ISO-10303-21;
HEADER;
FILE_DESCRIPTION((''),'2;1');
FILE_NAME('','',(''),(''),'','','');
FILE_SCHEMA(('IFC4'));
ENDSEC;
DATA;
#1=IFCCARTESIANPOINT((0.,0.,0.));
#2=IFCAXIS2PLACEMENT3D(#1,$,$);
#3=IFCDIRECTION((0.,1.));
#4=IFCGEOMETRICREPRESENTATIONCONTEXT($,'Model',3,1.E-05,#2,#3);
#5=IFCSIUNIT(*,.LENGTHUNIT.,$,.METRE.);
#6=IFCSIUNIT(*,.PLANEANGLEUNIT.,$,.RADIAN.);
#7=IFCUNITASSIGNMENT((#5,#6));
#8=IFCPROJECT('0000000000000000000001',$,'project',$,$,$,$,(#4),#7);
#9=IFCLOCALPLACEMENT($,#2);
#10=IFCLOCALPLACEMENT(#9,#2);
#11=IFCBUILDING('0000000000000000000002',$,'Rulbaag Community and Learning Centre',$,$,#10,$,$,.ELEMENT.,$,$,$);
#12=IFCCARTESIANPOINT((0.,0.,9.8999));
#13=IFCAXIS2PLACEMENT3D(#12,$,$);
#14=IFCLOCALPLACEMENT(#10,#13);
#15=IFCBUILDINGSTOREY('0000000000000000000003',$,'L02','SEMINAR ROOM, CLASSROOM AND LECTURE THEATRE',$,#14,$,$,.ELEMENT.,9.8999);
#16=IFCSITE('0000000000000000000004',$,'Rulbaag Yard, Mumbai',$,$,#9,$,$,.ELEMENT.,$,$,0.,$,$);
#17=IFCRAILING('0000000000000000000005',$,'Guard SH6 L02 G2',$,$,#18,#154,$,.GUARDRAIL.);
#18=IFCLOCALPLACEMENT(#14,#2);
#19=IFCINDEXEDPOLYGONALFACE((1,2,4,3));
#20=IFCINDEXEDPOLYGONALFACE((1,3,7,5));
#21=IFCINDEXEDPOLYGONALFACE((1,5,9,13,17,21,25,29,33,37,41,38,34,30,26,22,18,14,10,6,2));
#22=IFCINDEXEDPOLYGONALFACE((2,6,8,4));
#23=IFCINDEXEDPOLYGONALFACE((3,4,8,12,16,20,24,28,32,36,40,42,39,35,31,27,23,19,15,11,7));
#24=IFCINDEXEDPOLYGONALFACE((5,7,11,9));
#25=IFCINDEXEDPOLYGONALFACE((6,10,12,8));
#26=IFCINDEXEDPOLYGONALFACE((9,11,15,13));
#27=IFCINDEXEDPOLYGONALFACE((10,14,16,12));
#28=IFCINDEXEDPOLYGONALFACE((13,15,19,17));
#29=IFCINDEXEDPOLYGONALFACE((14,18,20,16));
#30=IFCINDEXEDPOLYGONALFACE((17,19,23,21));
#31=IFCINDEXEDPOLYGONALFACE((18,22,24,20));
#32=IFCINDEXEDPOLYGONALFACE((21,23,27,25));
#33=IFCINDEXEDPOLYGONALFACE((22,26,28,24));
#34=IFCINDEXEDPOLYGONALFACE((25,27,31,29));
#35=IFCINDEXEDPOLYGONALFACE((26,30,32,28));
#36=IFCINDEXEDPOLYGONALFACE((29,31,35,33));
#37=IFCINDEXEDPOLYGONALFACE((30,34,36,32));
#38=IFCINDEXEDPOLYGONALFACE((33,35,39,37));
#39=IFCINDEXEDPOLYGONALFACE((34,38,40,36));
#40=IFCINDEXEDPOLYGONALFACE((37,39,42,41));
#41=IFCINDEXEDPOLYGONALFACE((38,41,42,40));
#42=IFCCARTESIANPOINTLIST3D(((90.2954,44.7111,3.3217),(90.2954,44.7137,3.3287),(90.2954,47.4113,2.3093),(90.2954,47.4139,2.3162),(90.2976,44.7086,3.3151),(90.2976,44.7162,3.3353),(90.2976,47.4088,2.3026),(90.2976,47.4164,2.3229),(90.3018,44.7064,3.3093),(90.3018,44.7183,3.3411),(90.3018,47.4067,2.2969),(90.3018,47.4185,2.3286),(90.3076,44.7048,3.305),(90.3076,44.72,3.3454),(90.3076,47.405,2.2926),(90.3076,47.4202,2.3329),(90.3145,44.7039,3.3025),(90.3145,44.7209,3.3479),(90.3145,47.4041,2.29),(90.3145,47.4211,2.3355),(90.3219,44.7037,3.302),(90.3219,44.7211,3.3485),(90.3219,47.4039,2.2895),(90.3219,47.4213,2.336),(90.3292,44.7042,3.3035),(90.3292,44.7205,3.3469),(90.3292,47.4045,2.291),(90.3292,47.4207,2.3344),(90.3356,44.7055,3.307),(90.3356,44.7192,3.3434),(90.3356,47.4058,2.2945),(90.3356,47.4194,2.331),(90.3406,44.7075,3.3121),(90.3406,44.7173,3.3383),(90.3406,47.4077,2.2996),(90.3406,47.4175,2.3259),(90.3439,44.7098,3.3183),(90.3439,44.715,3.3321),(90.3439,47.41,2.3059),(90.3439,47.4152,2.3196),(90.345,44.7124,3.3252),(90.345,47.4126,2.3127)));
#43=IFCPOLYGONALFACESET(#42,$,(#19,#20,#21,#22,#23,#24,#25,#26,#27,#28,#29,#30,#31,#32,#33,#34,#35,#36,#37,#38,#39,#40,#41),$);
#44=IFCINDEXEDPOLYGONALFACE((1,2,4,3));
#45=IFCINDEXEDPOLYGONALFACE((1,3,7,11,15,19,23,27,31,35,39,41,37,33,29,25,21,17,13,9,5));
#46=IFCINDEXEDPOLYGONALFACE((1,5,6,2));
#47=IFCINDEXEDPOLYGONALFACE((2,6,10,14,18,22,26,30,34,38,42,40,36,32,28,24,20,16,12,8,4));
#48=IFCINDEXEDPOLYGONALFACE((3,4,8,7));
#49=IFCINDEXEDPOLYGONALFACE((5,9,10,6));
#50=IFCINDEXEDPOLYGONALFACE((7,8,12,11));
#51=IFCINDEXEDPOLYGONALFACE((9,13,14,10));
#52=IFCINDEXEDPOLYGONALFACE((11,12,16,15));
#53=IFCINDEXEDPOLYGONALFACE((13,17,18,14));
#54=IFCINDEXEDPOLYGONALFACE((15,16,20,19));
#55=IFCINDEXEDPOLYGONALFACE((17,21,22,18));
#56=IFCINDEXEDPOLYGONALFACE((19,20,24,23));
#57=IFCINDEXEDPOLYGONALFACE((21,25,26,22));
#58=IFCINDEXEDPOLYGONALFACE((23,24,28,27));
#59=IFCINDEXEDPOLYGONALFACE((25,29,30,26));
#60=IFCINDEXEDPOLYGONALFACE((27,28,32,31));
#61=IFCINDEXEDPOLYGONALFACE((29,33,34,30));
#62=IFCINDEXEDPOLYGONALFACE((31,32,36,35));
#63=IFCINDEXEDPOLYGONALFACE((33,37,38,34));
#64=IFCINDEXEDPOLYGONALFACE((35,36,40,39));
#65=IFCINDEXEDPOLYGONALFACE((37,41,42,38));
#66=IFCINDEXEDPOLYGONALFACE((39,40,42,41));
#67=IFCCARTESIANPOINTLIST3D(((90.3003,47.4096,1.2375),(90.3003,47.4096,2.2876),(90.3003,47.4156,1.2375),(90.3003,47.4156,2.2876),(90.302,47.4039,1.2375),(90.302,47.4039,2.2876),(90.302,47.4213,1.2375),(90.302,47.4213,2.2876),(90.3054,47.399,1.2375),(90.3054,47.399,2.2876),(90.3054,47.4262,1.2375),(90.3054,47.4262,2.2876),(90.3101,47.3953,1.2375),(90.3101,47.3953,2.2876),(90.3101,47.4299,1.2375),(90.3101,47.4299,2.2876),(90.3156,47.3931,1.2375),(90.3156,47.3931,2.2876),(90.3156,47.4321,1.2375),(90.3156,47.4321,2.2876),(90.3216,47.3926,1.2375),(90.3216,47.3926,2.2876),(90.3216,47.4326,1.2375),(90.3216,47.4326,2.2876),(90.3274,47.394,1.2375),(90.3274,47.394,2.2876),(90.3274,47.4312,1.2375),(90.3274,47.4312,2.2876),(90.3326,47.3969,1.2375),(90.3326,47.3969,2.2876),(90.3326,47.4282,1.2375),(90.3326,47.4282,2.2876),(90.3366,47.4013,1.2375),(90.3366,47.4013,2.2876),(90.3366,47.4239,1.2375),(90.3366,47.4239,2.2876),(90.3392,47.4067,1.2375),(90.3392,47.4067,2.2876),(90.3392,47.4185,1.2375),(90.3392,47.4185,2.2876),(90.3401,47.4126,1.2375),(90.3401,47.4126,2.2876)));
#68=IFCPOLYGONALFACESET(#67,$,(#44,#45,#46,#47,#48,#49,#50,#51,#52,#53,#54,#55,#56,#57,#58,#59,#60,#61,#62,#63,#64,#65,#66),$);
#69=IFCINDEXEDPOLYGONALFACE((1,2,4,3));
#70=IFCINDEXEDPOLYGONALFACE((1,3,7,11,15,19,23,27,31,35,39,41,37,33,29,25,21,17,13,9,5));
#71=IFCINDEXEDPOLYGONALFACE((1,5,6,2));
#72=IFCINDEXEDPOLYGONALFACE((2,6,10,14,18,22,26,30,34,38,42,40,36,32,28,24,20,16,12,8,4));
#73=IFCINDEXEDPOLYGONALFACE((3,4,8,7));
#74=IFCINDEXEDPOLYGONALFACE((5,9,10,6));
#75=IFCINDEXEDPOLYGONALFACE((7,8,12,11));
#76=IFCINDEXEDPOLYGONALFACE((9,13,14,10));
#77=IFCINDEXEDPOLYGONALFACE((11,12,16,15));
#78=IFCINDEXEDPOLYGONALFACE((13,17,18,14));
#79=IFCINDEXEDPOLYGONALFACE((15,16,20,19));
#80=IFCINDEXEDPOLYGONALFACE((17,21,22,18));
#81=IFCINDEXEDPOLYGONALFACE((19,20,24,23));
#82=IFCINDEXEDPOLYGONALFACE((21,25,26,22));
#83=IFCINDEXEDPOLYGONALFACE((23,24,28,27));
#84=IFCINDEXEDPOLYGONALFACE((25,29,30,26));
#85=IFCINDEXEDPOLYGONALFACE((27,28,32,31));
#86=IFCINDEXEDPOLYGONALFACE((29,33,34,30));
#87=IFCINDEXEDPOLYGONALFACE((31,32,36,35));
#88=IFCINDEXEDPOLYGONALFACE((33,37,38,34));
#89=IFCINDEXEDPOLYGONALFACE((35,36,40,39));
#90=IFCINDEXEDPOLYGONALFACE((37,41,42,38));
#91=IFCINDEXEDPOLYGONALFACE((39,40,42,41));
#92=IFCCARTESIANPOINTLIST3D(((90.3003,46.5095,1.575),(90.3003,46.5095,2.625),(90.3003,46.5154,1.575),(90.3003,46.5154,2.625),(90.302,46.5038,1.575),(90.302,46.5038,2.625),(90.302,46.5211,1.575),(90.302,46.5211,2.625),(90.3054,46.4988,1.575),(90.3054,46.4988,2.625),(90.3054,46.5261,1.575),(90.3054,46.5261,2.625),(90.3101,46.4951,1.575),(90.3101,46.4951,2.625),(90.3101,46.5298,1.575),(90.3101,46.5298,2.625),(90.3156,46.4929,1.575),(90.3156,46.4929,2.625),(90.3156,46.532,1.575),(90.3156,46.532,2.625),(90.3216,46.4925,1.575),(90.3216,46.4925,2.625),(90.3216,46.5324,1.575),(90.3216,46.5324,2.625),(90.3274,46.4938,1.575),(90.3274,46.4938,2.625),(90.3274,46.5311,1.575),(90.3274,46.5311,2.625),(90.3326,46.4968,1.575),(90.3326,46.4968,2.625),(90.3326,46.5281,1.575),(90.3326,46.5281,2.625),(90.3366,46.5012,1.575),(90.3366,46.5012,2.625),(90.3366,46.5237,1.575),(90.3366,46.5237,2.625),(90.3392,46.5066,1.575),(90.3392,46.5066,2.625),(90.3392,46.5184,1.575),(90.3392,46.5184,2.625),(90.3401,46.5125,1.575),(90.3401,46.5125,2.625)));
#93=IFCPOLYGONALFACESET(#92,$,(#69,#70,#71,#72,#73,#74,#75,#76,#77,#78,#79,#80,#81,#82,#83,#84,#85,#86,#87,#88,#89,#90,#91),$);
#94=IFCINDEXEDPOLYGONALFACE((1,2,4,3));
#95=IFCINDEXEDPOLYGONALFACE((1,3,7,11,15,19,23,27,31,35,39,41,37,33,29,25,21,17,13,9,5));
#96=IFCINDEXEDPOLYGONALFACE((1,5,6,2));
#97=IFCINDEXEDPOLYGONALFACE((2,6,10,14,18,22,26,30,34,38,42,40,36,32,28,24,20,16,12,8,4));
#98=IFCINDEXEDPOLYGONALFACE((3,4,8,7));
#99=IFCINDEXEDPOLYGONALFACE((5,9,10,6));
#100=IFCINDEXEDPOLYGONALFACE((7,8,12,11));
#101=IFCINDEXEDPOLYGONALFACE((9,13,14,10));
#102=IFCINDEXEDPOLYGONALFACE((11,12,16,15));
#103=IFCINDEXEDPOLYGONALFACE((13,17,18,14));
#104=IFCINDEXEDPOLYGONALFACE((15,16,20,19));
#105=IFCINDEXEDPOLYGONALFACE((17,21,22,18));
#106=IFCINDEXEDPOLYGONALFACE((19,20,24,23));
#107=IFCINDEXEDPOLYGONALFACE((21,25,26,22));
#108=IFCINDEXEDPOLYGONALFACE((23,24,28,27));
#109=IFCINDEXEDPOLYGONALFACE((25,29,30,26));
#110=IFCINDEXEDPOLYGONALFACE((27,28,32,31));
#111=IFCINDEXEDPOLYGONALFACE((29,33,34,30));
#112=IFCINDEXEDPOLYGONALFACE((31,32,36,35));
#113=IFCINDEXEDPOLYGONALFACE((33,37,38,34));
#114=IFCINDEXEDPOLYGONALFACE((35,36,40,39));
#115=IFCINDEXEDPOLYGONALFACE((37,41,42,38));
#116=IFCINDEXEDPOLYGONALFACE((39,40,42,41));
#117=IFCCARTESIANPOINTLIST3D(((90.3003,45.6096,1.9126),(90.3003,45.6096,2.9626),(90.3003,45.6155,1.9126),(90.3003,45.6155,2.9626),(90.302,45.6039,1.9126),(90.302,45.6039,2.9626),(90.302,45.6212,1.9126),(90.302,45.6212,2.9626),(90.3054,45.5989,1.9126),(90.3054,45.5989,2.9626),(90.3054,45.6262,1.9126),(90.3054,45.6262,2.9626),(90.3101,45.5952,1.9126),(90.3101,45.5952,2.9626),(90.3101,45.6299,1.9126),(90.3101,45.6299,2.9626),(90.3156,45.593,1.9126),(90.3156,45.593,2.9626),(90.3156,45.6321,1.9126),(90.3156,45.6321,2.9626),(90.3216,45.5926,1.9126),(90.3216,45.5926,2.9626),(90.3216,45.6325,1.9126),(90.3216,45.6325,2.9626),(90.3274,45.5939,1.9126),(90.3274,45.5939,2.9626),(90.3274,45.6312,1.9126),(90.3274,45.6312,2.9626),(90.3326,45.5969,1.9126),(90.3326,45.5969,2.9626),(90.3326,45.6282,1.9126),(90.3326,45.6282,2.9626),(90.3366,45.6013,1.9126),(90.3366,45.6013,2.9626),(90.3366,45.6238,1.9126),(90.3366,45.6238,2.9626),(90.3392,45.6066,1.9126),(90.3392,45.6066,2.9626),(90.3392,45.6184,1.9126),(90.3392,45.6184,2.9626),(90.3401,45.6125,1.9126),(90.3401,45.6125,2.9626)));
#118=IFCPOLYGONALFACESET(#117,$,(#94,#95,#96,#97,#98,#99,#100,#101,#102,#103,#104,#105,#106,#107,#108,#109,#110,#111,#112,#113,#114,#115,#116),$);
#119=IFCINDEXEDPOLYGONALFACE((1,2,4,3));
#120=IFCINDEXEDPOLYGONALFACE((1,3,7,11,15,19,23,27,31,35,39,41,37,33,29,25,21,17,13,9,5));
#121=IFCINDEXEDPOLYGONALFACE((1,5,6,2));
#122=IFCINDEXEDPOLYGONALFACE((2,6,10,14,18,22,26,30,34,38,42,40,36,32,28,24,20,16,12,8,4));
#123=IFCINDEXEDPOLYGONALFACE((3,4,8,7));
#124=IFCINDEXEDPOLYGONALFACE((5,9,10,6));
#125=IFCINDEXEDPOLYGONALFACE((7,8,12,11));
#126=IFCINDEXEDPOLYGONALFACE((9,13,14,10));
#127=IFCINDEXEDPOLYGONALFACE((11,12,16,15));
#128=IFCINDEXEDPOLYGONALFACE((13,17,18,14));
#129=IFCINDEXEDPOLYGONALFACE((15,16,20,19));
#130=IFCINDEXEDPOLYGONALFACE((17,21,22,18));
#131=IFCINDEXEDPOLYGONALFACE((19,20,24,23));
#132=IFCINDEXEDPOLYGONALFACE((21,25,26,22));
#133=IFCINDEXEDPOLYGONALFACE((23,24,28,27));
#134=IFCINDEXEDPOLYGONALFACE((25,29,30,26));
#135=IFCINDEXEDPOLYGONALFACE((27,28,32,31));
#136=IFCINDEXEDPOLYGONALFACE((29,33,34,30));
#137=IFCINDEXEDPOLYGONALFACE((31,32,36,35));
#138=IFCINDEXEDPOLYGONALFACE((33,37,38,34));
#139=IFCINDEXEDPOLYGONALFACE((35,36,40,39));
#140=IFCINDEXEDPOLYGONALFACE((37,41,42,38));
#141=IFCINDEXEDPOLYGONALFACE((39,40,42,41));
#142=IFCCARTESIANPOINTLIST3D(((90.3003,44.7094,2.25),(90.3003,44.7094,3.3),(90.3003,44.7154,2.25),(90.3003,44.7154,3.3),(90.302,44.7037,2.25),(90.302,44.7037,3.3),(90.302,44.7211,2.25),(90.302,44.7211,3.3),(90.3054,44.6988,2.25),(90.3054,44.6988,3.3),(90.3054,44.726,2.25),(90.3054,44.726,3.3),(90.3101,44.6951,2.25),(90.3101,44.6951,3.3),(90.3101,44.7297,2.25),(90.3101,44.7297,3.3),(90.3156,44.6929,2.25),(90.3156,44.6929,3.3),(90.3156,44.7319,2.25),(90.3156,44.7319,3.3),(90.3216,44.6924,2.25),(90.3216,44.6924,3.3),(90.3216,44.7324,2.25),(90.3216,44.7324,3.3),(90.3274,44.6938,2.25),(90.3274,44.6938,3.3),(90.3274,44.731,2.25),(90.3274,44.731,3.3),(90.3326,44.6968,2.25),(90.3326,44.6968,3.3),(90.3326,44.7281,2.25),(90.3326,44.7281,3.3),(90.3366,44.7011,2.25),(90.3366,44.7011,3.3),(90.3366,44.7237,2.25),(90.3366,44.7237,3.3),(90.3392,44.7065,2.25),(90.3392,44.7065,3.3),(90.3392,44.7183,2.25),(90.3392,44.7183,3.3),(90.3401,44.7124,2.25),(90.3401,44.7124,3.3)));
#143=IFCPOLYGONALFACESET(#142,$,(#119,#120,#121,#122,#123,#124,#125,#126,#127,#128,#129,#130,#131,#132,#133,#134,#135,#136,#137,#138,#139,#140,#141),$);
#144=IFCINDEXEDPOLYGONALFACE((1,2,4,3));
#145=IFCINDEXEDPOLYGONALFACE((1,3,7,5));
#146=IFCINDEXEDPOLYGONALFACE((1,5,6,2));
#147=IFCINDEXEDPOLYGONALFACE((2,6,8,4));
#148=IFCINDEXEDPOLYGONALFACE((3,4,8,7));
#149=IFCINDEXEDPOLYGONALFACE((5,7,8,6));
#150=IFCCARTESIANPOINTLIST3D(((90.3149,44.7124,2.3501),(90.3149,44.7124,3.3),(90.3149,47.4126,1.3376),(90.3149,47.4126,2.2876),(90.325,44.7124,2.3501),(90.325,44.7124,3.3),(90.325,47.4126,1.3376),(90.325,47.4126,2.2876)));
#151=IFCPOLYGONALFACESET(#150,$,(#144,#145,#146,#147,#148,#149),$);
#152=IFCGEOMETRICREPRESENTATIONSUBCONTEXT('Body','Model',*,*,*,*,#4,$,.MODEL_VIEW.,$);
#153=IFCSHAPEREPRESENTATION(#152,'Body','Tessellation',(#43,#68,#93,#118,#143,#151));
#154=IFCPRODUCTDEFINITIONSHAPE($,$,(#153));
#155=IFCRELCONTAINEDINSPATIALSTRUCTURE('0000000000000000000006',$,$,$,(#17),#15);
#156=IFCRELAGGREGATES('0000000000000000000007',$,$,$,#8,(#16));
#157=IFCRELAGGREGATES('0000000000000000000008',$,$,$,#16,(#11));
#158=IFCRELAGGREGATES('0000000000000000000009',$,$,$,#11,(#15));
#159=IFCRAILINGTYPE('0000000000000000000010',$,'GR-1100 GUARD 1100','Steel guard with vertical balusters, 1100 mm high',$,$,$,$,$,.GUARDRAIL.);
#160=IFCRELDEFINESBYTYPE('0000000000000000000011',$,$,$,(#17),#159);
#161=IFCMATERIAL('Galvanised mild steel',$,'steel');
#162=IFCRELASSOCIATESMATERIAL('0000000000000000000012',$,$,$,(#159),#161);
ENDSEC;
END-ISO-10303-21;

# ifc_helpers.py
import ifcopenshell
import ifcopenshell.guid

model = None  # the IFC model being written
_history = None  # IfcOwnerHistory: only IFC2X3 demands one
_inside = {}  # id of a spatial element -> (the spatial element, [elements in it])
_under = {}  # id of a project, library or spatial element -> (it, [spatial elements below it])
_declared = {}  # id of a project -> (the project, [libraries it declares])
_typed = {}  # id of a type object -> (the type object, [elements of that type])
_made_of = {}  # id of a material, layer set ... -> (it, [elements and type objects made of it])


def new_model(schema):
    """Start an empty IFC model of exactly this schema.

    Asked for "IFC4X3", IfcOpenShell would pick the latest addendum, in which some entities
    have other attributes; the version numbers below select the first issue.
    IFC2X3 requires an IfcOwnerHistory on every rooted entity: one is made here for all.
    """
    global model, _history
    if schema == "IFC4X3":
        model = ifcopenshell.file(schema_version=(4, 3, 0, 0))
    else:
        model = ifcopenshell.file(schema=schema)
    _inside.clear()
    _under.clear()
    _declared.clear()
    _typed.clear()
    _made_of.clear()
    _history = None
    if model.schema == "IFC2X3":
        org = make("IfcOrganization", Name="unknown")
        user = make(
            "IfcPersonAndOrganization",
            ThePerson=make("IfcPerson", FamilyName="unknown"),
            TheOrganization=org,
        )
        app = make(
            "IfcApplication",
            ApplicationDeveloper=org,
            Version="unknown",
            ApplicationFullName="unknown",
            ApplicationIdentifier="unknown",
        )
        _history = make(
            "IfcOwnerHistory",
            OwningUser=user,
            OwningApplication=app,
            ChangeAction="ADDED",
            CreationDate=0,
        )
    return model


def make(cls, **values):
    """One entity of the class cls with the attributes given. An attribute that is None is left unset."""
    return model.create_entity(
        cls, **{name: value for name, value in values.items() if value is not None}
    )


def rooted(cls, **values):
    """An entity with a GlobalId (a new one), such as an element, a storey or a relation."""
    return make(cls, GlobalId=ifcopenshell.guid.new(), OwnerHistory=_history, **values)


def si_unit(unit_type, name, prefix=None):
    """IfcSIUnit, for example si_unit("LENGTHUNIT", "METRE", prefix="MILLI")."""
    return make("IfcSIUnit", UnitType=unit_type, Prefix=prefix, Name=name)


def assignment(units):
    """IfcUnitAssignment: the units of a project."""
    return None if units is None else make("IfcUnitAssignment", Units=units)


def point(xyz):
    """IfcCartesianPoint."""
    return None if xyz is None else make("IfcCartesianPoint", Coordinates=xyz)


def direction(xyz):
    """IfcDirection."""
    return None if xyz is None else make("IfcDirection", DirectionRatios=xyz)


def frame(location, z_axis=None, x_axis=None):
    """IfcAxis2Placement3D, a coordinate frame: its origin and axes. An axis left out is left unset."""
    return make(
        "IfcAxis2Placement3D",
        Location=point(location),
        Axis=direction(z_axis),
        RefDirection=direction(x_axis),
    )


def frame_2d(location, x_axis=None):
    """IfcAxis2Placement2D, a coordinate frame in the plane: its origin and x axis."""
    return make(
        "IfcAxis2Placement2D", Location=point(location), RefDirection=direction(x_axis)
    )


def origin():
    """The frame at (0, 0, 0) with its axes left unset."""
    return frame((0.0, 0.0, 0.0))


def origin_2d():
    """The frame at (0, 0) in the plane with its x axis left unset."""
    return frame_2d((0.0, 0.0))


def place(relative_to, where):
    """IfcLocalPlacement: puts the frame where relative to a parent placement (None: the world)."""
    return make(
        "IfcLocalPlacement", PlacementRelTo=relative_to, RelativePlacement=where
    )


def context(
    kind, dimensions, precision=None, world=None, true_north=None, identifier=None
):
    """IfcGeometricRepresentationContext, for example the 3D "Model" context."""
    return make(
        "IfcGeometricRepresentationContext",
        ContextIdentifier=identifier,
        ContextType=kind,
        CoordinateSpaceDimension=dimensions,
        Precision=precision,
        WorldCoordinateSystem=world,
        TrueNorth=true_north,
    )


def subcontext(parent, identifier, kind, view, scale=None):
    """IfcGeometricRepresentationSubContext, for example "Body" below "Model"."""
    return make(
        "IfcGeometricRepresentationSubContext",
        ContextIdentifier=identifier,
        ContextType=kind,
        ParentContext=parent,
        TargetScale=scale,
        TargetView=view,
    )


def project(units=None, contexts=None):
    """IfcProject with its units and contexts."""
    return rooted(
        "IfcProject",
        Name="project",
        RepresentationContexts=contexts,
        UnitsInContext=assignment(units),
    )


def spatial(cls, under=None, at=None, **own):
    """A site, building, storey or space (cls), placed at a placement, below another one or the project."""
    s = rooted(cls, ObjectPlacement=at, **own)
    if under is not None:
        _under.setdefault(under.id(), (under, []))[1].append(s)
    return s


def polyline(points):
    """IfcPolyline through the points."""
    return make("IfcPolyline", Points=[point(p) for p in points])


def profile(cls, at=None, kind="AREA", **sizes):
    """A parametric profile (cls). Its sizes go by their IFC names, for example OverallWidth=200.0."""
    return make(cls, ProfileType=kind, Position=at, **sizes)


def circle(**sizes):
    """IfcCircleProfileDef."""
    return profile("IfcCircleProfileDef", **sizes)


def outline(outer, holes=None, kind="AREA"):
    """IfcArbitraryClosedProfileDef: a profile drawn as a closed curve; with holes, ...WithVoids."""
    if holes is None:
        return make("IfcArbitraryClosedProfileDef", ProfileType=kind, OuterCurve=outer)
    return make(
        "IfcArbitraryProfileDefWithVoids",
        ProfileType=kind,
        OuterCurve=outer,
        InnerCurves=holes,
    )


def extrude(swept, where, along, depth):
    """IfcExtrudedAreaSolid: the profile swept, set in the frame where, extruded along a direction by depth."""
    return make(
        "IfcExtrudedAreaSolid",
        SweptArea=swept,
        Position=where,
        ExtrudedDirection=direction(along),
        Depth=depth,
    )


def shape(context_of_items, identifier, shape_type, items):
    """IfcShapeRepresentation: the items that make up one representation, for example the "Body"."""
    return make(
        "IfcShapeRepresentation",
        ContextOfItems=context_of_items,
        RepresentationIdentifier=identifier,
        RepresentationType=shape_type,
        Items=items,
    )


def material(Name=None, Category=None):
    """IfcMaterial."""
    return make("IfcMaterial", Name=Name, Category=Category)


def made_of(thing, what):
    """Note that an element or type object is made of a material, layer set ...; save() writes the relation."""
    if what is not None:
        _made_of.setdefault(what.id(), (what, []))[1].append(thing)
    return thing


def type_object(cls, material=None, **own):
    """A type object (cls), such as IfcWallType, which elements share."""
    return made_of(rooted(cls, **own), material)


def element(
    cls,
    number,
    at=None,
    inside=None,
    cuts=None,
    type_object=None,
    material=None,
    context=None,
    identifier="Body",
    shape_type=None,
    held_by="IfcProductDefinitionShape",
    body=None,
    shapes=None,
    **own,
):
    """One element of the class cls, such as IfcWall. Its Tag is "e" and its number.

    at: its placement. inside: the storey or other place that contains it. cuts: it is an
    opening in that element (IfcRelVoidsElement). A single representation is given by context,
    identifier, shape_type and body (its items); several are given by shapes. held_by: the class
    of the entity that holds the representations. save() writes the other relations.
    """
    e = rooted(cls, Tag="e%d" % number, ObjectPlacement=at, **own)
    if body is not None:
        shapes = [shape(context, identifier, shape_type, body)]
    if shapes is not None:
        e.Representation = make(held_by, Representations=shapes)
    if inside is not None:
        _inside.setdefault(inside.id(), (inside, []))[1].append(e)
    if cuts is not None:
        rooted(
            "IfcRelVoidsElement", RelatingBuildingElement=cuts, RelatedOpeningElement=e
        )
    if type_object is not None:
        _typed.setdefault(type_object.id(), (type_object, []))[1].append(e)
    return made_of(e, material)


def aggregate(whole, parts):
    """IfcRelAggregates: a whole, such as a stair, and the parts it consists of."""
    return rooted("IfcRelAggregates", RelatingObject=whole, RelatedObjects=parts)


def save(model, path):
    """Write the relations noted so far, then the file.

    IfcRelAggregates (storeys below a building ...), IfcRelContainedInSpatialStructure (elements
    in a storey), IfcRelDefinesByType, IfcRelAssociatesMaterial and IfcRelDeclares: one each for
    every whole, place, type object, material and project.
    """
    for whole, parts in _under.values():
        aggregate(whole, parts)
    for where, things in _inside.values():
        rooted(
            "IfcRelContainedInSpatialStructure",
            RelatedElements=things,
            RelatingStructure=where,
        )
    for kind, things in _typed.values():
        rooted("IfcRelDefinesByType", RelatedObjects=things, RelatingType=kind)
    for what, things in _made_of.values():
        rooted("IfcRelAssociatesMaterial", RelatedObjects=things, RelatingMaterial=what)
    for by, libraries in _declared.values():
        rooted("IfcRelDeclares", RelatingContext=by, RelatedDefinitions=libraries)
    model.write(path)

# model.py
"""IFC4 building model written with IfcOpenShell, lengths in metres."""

from ifc_helpers import new_model, si_unit, direction, frame, origin, origin_2d, place, context, subcontext, project, spatial, polyline, circle, outline, extrude, material, type_object, element, save


model = new_model("IFC4")

# Units and contexts
model_context = context("Model", 3, precision=1e-05, world=origin(), true_north=direction((0.0, 1.0)))
body_context = subcontext(model_context, "Body", "Model", "MODEL_VIEW")
ifc_project = project(units=[si_unit("LENGTHUNIT", "METRE"), si_unit("PLANEANGLEUNIT", "RADIAN")], contexts=[model_context])

# Site, building, storey
site_placement = place(None, origin())
site = spatial("IfcSite", under=ifc_project, at=site_placement, Name="Rulbaag Yard, Mumbai", CompositionType="ELEMENT", RefElevation=0.0)
building_placement = place(site_placement, origin())
building = spatial("IfcBuilding", under=site, at=building_placement, Name="Rulbaag Community and Learning Centre", CompositionType="ELEMENT")
storey_placement = place(building_placement, frame((0.0, 0.0, 9.8999)))
storey = spatial("IfcBuildingStorey", under=building, at=storey_placement, Name="L02", Description="SEMINAR ROOM, CLASSROOM AND LECTURE THEATRE", CompositionType="ELEMENT", Elevation=9.8999)

# Railing
ifc_material_1 = material(Name="Galvanised mild steel", Category="steel")
railing_type_1 = type_object("IfcRailingType", Name="GR-1100 GUARD 1100", Description="Steel guard with vertical balusters, 1100 mm high", PredefinedType="GUARDRAIL", material=ifc_material_1)
railing_1_placement = place(storey_placement, frame((90.3201, 47.4126, 1.2375)))
element("IfcRailing", 1, at=railing_1_placement, inside=storey, type_object=railing_type_1, Name="Guard SH6 L02 G2", PredefinedType="GUARDRAIL", context=body_context, shape_type="SweptSolid", body=[
    extrude(circle(Radius=0.0249, at=origin_2d()), frame((0.0, 0.0, 1.0752), z_axis=(0.0, -0.936343, 0.351086), x_axis=(1.0, 0.0, 0.0)), (0.0, 0.0, 1.0), 2.8838),
    extrude(circle(Radius=0.02, at=origin_2d()), origin(), (0.0, 0.0, 1.0), 1.05),
    extrude(circle(Radius=0.02, at=origin_2d()), frame((0.0, -0.9001, 0.3374)), (0.0, 0.0, 1.0), 1.05),
    extrude(circle(Radius=0.02, at=origin_2d()), frame((0.0, -1.8, 0.675)), (0.0, 0.0, 1.0), 1.05),
    extrude(circle(Radius=0.02, at=origin_2d()), frame((0.0, -2.7002, 1.0125)), (0.0, 0.0, 1.0), 1.05),
    extrude(outline(polyline([(0.0, 0.0), (2.7002, 1.0125), (2.7002, 1.9624), (0.0, 0.95), (0.0, 0.0)])), frame((0.0049, 0.0, 0.1001), z_axis=(-1.0, 0.0, 0.0), x_axis=(0.0, -1.0, 0.0)), (0.0, 0.0, 1.0), 0.01),
])

save(model, "model.ifc")
